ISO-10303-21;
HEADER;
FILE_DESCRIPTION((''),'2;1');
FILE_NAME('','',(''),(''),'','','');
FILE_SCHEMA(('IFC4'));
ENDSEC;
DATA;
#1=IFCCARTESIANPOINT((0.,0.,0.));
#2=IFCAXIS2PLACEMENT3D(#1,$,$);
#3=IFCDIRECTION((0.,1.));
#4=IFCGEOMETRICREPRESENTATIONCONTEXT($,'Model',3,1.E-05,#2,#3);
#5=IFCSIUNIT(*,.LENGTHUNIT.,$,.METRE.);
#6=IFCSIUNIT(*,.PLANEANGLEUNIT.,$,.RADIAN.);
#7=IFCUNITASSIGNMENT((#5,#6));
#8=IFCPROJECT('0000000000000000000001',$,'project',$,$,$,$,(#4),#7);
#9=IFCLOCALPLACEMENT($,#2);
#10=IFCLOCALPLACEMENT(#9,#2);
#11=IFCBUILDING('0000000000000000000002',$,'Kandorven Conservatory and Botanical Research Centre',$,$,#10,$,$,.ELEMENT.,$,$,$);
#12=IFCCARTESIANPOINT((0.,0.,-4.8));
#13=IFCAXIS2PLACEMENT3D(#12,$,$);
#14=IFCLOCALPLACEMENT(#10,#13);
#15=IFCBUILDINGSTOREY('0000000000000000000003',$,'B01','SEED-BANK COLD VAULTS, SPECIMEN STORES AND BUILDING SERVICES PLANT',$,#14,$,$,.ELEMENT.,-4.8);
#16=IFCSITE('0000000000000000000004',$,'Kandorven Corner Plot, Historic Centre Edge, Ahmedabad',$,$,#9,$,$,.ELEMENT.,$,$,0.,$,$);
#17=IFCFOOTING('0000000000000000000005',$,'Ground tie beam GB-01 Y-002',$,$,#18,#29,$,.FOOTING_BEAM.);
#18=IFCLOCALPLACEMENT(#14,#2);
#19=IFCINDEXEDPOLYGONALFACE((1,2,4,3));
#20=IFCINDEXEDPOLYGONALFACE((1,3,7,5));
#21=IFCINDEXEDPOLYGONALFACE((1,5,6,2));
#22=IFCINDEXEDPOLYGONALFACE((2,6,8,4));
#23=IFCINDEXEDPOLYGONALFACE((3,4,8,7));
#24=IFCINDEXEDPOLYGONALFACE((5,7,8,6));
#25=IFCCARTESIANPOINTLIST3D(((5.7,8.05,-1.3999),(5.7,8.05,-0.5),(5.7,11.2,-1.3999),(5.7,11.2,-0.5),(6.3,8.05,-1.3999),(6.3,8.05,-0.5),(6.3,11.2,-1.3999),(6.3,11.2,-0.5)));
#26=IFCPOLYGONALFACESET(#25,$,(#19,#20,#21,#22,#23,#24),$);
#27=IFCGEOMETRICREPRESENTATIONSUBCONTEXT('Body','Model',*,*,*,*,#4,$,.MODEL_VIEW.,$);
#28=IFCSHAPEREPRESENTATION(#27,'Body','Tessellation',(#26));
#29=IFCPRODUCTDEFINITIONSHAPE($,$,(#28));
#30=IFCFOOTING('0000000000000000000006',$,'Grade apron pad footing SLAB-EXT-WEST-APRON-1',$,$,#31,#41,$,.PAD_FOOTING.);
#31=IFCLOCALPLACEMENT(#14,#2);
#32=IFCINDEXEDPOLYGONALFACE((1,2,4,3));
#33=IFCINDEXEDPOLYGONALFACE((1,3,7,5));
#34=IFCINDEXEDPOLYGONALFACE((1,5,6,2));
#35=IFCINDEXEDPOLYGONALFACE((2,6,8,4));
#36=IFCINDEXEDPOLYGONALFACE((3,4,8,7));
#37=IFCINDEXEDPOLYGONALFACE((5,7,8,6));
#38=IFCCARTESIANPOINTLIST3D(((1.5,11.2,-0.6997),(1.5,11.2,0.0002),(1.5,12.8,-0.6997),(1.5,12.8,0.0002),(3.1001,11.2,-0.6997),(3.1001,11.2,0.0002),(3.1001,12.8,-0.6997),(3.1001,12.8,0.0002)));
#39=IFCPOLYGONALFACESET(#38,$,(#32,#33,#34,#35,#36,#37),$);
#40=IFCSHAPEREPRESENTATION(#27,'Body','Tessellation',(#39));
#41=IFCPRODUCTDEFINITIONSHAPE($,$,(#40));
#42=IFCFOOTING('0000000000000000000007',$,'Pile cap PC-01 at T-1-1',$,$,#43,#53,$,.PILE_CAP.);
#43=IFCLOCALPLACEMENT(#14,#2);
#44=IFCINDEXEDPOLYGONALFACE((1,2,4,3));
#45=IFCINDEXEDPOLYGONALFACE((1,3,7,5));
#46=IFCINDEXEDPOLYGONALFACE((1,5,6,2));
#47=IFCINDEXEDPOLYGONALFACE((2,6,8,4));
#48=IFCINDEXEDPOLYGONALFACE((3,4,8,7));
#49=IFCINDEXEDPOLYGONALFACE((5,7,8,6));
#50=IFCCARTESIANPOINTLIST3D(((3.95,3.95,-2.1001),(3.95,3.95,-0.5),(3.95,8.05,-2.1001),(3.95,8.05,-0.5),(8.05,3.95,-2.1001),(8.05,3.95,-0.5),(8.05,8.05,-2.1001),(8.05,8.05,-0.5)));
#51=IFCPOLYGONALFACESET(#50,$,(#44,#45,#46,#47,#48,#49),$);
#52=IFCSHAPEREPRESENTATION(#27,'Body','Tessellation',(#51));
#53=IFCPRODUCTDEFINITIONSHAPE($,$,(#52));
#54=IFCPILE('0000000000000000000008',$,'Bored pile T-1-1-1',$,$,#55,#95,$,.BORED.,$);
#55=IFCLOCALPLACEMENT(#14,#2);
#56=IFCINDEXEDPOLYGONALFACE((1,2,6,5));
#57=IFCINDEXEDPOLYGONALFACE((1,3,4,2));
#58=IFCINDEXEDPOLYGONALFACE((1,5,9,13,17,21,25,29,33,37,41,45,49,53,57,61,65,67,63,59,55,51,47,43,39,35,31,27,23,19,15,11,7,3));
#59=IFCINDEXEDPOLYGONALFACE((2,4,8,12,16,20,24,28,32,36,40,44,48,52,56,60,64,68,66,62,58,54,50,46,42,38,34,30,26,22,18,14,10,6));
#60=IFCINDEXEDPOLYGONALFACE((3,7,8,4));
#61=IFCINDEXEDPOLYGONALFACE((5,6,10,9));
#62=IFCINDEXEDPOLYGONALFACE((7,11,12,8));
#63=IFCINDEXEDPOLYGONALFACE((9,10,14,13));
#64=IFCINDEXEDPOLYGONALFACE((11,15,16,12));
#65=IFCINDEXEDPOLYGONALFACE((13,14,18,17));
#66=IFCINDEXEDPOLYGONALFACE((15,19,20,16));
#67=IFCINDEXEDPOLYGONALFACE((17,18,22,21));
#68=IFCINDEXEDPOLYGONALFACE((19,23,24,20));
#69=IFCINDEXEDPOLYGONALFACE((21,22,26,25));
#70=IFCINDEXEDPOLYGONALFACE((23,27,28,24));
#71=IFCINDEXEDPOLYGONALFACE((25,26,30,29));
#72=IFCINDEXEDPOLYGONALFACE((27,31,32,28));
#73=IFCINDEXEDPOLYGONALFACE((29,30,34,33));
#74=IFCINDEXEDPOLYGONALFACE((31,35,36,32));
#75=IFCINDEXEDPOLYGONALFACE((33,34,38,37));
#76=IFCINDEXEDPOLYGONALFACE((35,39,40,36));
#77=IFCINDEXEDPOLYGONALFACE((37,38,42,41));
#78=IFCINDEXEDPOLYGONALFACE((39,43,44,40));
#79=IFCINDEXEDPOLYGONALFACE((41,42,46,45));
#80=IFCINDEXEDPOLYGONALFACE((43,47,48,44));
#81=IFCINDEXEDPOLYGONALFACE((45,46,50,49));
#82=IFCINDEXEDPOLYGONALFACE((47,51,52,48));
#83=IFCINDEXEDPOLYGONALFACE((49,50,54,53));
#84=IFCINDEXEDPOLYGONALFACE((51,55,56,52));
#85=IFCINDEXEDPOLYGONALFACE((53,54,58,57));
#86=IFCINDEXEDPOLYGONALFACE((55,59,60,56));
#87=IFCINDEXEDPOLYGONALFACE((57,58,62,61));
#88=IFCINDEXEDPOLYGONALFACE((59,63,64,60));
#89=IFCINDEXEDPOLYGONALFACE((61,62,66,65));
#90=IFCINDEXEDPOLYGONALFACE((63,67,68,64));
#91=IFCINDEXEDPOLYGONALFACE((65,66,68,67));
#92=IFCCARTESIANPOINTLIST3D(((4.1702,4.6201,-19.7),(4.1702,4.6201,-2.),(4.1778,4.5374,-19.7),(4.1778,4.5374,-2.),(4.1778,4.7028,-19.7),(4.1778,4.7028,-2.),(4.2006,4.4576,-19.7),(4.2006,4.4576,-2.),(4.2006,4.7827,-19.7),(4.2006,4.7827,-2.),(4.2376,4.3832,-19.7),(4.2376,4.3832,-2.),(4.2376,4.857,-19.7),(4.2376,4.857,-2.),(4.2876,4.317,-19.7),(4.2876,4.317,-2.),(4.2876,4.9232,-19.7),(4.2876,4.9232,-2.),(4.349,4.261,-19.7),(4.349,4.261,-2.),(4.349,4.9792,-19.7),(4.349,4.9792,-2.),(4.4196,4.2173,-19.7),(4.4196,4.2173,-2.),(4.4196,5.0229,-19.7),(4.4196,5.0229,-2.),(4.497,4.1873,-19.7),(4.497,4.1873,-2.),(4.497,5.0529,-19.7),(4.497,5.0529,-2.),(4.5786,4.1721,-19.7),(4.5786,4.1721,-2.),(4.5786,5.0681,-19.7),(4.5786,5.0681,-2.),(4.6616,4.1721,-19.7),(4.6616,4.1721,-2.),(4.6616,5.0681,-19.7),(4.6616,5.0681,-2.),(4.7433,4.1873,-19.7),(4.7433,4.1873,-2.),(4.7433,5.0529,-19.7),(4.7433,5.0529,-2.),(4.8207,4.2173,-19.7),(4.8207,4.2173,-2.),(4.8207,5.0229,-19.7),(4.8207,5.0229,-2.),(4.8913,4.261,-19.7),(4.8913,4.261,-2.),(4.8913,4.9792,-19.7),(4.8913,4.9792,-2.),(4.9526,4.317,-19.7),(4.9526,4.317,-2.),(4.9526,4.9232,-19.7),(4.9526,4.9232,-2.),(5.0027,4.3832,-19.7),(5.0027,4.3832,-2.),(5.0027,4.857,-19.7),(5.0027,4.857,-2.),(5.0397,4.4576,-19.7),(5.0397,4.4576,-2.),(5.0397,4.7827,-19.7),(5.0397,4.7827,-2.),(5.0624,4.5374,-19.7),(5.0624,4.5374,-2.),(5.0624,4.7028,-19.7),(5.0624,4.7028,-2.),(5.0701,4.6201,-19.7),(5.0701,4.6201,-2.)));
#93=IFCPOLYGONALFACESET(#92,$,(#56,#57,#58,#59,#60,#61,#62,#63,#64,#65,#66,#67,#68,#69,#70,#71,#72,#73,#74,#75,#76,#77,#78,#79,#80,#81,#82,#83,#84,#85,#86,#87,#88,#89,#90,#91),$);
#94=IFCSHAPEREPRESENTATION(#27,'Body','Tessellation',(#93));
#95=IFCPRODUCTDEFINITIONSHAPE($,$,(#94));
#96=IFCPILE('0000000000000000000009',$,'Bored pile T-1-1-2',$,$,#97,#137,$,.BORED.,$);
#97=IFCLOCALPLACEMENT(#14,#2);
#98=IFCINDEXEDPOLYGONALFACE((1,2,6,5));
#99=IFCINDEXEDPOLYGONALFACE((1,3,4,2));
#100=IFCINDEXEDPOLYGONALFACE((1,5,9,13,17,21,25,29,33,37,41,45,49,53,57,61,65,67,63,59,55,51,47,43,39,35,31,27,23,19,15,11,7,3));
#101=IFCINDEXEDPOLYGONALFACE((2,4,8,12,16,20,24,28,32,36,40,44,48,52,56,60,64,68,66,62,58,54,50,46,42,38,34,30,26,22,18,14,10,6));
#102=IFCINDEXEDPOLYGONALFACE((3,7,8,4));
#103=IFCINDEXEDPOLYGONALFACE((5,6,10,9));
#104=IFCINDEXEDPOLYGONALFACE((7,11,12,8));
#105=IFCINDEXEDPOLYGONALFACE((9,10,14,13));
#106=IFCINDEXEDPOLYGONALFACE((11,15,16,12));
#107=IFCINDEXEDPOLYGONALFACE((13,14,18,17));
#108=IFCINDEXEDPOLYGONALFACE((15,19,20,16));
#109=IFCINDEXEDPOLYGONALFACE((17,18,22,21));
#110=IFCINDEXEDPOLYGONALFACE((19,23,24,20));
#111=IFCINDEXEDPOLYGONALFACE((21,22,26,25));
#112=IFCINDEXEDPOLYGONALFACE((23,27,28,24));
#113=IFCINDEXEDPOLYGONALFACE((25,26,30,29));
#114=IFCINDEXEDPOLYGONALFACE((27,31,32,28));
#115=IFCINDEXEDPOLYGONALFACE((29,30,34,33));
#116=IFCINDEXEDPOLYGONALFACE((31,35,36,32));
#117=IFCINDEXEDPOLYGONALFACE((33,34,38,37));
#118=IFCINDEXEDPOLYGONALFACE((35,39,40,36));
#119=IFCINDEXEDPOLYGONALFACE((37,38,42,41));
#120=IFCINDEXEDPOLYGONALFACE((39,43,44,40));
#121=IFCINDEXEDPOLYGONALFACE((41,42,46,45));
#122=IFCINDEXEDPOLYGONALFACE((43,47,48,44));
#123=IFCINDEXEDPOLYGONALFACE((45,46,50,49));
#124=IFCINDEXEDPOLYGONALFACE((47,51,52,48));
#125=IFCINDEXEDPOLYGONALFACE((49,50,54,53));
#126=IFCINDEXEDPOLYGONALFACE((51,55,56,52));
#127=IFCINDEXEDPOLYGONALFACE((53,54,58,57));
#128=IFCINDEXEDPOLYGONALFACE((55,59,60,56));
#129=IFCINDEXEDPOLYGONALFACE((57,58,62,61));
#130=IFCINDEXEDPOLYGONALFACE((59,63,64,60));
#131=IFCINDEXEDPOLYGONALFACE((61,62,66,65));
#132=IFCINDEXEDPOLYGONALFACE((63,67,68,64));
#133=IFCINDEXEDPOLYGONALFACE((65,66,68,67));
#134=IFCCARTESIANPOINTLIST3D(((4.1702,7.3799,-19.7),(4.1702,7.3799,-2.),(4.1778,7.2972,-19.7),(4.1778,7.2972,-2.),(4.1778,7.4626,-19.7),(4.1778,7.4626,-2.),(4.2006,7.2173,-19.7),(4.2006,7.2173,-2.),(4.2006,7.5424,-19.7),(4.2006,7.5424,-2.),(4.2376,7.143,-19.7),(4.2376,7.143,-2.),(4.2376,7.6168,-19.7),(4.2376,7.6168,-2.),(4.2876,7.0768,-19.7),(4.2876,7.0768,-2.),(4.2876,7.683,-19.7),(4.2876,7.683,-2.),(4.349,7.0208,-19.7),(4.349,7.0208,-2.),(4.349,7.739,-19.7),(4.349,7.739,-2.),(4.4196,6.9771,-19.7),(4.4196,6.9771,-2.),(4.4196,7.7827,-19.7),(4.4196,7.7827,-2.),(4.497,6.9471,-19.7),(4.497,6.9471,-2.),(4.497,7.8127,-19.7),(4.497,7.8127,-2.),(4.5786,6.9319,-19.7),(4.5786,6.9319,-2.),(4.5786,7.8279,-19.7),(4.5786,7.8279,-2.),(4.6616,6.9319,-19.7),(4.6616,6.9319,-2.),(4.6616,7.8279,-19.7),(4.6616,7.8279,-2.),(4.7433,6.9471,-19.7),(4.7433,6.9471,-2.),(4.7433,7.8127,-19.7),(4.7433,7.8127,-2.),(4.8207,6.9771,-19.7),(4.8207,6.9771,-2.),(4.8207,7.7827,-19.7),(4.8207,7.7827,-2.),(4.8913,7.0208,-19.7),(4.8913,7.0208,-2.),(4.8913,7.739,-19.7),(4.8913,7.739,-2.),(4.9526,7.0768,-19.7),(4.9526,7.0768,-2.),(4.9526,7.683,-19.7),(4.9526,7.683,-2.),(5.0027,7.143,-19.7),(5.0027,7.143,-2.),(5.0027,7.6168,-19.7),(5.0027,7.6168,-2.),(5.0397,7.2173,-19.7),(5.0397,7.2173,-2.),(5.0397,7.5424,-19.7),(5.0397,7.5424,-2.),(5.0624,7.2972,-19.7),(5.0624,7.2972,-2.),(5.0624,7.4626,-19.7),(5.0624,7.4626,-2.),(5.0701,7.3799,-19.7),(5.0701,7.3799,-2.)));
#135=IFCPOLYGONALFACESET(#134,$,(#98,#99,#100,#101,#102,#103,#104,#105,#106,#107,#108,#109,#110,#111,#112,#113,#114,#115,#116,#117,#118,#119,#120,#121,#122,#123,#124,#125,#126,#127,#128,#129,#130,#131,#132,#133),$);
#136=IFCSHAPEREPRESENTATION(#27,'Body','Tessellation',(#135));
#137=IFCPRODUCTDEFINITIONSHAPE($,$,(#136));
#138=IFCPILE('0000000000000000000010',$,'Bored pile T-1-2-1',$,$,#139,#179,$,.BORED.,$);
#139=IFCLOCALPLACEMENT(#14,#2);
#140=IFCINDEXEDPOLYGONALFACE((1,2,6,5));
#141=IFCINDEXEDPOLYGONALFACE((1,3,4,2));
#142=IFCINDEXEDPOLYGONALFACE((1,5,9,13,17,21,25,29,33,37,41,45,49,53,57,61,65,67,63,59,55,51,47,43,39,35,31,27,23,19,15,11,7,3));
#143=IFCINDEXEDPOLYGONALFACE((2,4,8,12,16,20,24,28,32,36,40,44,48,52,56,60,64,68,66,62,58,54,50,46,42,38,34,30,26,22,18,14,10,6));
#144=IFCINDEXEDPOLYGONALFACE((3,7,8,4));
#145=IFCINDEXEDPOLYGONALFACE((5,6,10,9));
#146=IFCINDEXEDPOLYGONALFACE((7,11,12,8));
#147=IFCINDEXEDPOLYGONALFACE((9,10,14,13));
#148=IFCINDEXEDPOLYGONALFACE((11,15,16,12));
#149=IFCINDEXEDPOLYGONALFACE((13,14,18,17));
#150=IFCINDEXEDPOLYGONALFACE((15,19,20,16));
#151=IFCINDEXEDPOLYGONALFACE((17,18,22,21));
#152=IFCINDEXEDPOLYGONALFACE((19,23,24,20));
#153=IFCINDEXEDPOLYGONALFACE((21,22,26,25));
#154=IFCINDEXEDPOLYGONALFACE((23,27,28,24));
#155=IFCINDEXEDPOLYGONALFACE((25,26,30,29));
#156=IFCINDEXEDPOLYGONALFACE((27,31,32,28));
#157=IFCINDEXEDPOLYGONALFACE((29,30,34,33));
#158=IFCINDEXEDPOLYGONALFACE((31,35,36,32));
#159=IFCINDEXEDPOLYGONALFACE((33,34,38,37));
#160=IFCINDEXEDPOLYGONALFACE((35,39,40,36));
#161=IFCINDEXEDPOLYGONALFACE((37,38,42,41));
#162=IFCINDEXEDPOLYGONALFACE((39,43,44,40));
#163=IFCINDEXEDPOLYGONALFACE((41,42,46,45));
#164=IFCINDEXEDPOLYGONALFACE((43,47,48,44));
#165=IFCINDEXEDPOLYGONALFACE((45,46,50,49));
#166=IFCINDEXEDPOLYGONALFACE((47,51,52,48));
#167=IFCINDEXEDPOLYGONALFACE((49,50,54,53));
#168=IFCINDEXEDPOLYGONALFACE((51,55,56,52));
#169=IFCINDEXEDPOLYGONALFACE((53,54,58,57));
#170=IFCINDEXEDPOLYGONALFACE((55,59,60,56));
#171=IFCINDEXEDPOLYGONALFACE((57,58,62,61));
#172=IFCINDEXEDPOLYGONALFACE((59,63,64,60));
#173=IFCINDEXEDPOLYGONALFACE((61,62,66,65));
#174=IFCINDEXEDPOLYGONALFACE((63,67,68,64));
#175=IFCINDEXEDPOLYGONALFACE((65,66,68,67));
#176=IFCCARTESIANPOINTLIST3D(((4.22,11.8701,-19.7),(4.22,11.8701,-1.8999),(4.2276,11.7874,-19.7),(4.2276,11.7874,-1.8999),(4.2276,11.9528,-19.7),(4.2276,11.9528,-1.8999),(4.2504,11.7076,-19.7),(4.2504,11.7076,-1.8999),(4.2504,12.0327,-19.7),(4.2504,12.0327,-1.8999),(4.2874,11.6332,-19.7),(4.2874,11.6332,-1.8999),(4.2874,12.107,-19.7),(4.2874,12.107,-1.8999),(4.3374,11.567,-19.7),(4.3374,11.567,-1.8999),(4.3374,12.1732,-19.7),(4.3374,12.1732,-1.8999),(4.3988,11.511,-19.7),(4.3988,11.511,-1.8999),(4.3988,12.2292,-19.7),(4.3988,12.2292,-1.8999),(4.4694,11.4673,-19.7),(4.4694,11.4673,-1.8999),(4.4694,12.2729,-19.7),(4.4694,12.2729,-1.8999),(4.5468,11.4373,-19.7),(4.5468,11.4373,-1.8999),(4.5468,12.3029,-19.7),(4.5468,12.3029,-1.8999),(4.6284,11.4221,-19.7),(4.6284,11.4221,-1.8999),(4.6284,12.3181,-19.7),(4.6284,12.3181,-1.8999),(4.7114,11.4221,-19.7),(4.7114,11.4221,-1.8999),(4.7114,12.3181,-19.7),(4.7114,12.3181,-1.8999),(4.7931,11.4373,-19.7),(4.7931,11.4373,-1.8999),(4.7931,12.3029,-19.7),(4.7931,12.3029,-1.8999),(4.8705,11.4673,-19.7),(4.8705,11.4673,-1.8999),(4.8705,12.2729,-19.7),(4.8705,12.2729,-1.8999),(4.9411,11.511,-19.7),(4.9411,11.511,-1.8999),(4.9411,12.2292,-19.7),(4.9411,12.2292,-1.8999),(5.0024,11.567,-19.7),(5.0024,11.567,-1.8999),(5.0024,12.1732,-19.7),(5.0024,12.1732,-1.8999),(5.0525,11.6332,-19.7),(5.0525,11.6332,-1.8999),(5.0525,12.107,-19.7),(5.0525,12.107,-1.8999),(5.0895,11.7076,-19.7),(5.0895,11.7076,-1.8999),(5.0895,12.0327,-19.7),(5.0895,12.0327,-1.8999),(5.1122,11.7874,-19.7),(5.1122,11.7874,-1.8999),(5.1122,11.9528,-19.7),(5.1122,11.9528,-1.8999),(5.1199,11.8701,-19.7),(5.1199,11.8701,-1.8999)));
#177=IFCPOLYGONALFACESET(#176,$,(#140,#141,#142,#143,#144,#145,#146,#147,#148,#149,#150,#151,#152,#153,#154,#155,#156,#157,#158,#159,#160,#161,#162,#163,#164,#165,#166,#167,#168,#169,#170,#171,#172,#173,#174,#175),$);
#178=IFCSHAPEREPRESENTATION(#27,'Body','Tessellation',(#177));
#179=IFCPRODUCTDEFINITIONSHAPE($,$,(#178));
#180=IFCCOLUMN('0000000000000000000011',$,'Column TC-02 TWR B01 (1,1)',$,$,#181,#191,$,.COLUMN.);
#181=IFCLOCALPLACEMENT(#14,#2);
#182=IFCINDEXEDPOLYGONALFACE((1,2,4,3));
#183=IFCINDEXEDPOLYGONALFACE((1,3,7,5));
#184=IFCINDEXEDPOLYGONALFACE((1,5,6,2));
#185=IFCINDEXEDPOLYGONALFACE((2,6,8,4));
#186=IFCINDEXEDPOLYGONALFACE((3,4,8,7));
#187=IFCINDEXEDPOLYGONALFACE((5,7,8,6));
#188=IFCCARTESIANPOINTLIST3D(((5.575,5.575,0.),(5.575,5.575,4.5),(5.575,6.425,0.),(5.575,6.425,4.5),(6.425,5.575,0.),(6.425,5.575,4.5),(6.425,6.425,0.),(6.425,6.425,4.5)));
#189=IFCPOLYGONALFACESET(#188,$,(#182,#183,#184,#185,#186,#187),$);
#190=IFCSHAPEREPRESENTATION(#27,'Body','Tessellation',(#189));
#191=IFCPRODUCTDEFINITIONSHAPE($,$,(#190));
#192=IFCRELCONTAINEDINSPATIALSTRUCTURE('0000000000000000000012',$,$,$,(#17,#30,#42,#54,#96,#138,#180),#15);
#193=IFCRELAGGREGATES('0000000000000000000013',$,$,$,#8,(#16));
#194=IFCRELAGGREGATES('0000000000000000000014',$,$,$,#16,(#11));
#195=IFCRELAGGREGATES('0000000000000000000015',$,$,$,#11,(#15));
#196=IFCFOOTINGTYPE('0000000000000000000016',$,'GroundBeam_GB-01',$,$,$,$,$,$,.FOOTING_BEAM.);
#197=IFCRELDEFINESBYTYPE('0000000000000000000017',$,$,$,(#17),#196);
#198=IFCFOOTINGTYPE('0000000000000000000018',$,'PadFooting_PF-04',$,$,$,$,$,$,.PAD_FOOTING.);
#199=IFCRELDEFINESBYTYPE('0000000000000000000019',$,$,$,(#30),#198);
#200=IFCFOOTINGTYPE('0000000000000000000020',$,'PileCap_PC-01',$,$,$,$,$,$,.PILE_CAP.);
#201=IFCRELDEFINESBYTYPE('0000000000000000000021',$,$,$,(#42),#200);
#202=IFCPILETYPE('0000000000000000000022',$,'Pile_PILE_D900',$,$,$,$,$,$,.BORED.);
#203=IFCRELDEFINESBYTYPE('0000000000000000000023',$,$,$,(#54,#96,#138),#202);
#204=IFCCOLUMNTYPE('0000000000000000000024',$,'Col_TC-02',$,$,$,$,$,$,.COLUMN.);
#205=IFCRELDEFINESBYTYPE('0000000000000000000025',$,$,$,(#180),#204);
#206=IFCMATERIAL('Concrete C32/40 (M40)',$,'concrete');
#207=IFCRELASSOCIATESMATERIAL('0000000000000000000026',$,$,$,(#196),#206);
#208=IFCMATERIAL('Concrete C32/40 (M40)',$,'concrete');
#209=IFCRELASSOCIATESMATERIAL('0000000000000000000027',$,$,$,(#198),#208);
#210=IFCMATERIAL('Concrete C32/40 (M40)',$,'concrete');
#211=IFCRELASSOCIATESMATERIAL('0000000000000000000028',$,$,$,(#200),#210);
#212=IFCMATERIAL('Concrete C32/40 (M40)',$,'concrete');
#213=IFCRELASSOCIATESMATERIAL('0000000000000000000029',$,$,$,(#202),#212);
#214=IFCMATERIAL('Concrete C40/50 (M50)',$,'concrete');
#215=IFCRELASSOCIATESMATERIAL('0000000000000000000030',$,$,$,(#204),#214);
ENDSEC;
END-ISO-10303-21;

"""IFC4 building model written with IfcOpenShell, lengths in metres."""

from ifc_helpers import new_model, si_unit, direction, frame, origin, origin_2d, place, context, subcontext, project, spatial, rectangle, circle, extrude, material, material_profile, profile_set, type_object, element, save


model = new_model("IFC4")

# Units and contexts
model_context = context("Model", 3, precision=1e-05, world=origin(), true_north=direction((0.0, 1.0)))
body_context = subcontext(model_context, "Body", "Model", "MODEL_VIEW")
ifc_project = project(units=[si_unit("LENGTHUNIT", "METRE"), si_unit("PLANEANGLEUNIT", "RADIAN")], contexts=[model_context])

# Site, building, storey
site_placement = place(None, origin())
site = spatial("IfcSite", under=ifc_project, at=site_placement, Name="Kandorven Corner Plot, Historic Centre Edge, Ahmedabad", CompositionType="ELEMENT", RefElevation=0.0)
building_placement = place(site_placement, origin())
building = spatial("IfcBuilding", under=site, at=building_placement, Name="Kandorven Conservatory and Botanical Research Centre", CompositionType="ELEMENT")
storey_placement = place(building_placement, frame((0.0, 0.0, -4.8)))
storey = spatial("IfcBuildingStorey", under=building, at=storey_placement, Name="B01", Description="SEED-BANK COLD VAULTS, SPECIMEN STORES AND BUILDING SERVICES PLANT", CompositionType="ELEMENT", Elevation=-4.8)

# Footings
ifc_material_1 = material(Name="Concrete C32/40 (M40)", Category="concrete")
ifc_material_profile_1 = material_profile(ifc_material_1, rectangle(XDim=0.6001, YDim=0.8999, at=origin_2d()))
ifc_profile_set_1 = profile_set([ifc_material_profile_1], Name="Concrete C32/40 (M40)")
footing_type_1 = type_object("IfcFootingType", Name="GroundBeam_GB-01", PredefinedType="FOOTING_BEAM", material=ifc_profile_set_1)
footing_1_placement = place(storey_placement, frame((6.0, 8.05, -0.95), z_axis=(0.0, 1.0, 0.0), x_axis=(-1.0, 0.0, 0.0)))
element("IfcFooting", 1, at=footing_1_placement, inside=storey, type_object=footing_type_1, Name="Ground tie beam GB-01 Y-002", PredefinedType="FOOTING_BEAM", context=body_context, shape_type="SweptSolid", body=[
    extrude(rectangle(XDim=0.6001, YDim=0.8999, at=origin_2d()), origin(), (0.0, 0.0, 1.0), 3.1499),
])
ifc_material_2 = material(Name="Concrete C32/40 (M40)", Category="concrete")
footing_type_2 = type_object("IfcFootingType", Name="PadFooting_PF-04", PredefinedType="PAD_FOOTING", material=ifc_material_2)
footing_2_placement = place(storey_placement, frame((2.3, 12.0, -0.6997), z_axis=(0.0, 0.0, 1.0), x_axis=(1.0, 0.0, 0.0)))
element("IfcFooting", 2, at=footing_2_placement, inside=storey, type_object=footing_type_2, Name="Grade apron pad footing SLAB-EXT-WEST-APRON-1", PredefinedType="PAD_FOOTING", context=body_context, shape_type="SweptSolid", body=[
    extrude(rectangle(XDim=1.6001, YDim=1.6001, at=origin_2d()), origin(), (0.0, 0.0, 1.0), 0.7),
])
ifc_material_3 = material(Name="Concrete C32/40 (M40)", Category="concrete")
footing_type_3 = type_object("IfcFootingType", Name="PileCap_PC-01", PredefinedType="PILE_CAP", material=ifc_material_3)
footing_3_placement = place(storey_placement, frame((6.0, 6.0, -2.1001), z_axis=(0.0, 0.0, 1.0), x_axis=(1.0, 0.0, 0.0)))
element("IfcFooting", 3, at=footing_3_placement, inside=storey, type_object=footing_type_3, Name="Pile cap PC-01 at T-1-1", PredefinedType="PILE_CAP", context=body_context, shape_type="SweptSolid", body=[
    extrude(rectangle(XDim=4.1001, YDim=4.1001, at=origin_2d()), origin(), (0.0, 0.0, 1.0), 1.6001),
])

# Piles
ifc_material_4 = material(Name="Concrete C32/40 (M40)", Category="concrete")
ifc_material_profile_2 = material_profile(ifc_material_4, circle(Radius=0.45, at=origin_2d()))
ifc_profile_set_2 = profile_set([ifc_material_profile_2], Name="Concrete C32/40 (M40)")
pile_type = type_object("IfcPileType", Name="Pile_PILE_D900", PredefinedType="BORED", material=ifc_profile_set_2)
for number, where, z_axis, x_axis, name in (
    (4, (4.6201, 4.6201, -2.0), (0.0, 0.0, -1.0), (1.0, 0.0, 0.0), "Bored pile T-1-1-1"),
    (5, (4.6201, 7.3799, -2.0), (0.0, 0.0, -1.0), (1.0, 0.0, 0.0), "Bored pile T-1-1-2"),
):
    element("IfcPile", number, at=place(storey_placement, frame(where, z_axis=z_axis, x_axis=x_axis)), inside=storey, type_object=pile_type, Name=name, PredefinedType="BORED", context=body_context, shape_type="SweptSolid", body=[
        extrude(circle(Radius=0.45, at=origin_2d()), origin(), (0.0, 0.0, 1.0), 17.7),
    ])
pile_placement = place(storey_placement, frame((4.6699, 11.8701, -1.8999), z_axis=(0.0, 0.0, -1.0), x_axis=(1.0, 0.0, 0.0)))
element("IfcPile", 6, at=pile_placement, inside=storey, type_object=pile_type, Name="Bored pile T-1-2-1", PredefinedType="BORED", context=body_context, shape_type="SweptSolid", body=[
    extrude(circle(Radius=0.45, at=origin_2d()), origin(), (0.0, 0.0, 1.0), 17.8),
])

# Column
ifc_material_5 = material(Name="Concrete C40/50 (M50)", Category="concrete")
ifc_material_profile_3 = material_profile(ifc_material_5, rectangle(XDim=0.8501, YDim=0.8501, at=origin_2d()))
ifc_profile_set_3 = profile_set([ifc_material_profile_3], Name="Concrete C40/50 (M50)")
column_type_1 = type_object("IfcColumnType", Name="Col_TC-02", PredefinedType="COLUMN", material=ifc_profile_set_3)
column_1_placement = place(storey_placement, frame((6.0, 6.0, 0.0), z_axis=(0.0, 0.0, 1.0), x_axis=(1.0, 0.0, 0.0)))
element("IfcColumn", 7, at=column_1_placement, inside=storey, type_object=column_type_1, Name="Column TC-02 TWR B01 (1,1)", PredefinedType="COLUMN", context=body_context, shape_type="SweptSolid", body=[
    extrude(rectangle(XDim=0.8501, YDim=0.8501, at=origin_2d()), origin(), (0.0, 0.0, 1.0), 4.5),
])

save(model, "model.ifc")
